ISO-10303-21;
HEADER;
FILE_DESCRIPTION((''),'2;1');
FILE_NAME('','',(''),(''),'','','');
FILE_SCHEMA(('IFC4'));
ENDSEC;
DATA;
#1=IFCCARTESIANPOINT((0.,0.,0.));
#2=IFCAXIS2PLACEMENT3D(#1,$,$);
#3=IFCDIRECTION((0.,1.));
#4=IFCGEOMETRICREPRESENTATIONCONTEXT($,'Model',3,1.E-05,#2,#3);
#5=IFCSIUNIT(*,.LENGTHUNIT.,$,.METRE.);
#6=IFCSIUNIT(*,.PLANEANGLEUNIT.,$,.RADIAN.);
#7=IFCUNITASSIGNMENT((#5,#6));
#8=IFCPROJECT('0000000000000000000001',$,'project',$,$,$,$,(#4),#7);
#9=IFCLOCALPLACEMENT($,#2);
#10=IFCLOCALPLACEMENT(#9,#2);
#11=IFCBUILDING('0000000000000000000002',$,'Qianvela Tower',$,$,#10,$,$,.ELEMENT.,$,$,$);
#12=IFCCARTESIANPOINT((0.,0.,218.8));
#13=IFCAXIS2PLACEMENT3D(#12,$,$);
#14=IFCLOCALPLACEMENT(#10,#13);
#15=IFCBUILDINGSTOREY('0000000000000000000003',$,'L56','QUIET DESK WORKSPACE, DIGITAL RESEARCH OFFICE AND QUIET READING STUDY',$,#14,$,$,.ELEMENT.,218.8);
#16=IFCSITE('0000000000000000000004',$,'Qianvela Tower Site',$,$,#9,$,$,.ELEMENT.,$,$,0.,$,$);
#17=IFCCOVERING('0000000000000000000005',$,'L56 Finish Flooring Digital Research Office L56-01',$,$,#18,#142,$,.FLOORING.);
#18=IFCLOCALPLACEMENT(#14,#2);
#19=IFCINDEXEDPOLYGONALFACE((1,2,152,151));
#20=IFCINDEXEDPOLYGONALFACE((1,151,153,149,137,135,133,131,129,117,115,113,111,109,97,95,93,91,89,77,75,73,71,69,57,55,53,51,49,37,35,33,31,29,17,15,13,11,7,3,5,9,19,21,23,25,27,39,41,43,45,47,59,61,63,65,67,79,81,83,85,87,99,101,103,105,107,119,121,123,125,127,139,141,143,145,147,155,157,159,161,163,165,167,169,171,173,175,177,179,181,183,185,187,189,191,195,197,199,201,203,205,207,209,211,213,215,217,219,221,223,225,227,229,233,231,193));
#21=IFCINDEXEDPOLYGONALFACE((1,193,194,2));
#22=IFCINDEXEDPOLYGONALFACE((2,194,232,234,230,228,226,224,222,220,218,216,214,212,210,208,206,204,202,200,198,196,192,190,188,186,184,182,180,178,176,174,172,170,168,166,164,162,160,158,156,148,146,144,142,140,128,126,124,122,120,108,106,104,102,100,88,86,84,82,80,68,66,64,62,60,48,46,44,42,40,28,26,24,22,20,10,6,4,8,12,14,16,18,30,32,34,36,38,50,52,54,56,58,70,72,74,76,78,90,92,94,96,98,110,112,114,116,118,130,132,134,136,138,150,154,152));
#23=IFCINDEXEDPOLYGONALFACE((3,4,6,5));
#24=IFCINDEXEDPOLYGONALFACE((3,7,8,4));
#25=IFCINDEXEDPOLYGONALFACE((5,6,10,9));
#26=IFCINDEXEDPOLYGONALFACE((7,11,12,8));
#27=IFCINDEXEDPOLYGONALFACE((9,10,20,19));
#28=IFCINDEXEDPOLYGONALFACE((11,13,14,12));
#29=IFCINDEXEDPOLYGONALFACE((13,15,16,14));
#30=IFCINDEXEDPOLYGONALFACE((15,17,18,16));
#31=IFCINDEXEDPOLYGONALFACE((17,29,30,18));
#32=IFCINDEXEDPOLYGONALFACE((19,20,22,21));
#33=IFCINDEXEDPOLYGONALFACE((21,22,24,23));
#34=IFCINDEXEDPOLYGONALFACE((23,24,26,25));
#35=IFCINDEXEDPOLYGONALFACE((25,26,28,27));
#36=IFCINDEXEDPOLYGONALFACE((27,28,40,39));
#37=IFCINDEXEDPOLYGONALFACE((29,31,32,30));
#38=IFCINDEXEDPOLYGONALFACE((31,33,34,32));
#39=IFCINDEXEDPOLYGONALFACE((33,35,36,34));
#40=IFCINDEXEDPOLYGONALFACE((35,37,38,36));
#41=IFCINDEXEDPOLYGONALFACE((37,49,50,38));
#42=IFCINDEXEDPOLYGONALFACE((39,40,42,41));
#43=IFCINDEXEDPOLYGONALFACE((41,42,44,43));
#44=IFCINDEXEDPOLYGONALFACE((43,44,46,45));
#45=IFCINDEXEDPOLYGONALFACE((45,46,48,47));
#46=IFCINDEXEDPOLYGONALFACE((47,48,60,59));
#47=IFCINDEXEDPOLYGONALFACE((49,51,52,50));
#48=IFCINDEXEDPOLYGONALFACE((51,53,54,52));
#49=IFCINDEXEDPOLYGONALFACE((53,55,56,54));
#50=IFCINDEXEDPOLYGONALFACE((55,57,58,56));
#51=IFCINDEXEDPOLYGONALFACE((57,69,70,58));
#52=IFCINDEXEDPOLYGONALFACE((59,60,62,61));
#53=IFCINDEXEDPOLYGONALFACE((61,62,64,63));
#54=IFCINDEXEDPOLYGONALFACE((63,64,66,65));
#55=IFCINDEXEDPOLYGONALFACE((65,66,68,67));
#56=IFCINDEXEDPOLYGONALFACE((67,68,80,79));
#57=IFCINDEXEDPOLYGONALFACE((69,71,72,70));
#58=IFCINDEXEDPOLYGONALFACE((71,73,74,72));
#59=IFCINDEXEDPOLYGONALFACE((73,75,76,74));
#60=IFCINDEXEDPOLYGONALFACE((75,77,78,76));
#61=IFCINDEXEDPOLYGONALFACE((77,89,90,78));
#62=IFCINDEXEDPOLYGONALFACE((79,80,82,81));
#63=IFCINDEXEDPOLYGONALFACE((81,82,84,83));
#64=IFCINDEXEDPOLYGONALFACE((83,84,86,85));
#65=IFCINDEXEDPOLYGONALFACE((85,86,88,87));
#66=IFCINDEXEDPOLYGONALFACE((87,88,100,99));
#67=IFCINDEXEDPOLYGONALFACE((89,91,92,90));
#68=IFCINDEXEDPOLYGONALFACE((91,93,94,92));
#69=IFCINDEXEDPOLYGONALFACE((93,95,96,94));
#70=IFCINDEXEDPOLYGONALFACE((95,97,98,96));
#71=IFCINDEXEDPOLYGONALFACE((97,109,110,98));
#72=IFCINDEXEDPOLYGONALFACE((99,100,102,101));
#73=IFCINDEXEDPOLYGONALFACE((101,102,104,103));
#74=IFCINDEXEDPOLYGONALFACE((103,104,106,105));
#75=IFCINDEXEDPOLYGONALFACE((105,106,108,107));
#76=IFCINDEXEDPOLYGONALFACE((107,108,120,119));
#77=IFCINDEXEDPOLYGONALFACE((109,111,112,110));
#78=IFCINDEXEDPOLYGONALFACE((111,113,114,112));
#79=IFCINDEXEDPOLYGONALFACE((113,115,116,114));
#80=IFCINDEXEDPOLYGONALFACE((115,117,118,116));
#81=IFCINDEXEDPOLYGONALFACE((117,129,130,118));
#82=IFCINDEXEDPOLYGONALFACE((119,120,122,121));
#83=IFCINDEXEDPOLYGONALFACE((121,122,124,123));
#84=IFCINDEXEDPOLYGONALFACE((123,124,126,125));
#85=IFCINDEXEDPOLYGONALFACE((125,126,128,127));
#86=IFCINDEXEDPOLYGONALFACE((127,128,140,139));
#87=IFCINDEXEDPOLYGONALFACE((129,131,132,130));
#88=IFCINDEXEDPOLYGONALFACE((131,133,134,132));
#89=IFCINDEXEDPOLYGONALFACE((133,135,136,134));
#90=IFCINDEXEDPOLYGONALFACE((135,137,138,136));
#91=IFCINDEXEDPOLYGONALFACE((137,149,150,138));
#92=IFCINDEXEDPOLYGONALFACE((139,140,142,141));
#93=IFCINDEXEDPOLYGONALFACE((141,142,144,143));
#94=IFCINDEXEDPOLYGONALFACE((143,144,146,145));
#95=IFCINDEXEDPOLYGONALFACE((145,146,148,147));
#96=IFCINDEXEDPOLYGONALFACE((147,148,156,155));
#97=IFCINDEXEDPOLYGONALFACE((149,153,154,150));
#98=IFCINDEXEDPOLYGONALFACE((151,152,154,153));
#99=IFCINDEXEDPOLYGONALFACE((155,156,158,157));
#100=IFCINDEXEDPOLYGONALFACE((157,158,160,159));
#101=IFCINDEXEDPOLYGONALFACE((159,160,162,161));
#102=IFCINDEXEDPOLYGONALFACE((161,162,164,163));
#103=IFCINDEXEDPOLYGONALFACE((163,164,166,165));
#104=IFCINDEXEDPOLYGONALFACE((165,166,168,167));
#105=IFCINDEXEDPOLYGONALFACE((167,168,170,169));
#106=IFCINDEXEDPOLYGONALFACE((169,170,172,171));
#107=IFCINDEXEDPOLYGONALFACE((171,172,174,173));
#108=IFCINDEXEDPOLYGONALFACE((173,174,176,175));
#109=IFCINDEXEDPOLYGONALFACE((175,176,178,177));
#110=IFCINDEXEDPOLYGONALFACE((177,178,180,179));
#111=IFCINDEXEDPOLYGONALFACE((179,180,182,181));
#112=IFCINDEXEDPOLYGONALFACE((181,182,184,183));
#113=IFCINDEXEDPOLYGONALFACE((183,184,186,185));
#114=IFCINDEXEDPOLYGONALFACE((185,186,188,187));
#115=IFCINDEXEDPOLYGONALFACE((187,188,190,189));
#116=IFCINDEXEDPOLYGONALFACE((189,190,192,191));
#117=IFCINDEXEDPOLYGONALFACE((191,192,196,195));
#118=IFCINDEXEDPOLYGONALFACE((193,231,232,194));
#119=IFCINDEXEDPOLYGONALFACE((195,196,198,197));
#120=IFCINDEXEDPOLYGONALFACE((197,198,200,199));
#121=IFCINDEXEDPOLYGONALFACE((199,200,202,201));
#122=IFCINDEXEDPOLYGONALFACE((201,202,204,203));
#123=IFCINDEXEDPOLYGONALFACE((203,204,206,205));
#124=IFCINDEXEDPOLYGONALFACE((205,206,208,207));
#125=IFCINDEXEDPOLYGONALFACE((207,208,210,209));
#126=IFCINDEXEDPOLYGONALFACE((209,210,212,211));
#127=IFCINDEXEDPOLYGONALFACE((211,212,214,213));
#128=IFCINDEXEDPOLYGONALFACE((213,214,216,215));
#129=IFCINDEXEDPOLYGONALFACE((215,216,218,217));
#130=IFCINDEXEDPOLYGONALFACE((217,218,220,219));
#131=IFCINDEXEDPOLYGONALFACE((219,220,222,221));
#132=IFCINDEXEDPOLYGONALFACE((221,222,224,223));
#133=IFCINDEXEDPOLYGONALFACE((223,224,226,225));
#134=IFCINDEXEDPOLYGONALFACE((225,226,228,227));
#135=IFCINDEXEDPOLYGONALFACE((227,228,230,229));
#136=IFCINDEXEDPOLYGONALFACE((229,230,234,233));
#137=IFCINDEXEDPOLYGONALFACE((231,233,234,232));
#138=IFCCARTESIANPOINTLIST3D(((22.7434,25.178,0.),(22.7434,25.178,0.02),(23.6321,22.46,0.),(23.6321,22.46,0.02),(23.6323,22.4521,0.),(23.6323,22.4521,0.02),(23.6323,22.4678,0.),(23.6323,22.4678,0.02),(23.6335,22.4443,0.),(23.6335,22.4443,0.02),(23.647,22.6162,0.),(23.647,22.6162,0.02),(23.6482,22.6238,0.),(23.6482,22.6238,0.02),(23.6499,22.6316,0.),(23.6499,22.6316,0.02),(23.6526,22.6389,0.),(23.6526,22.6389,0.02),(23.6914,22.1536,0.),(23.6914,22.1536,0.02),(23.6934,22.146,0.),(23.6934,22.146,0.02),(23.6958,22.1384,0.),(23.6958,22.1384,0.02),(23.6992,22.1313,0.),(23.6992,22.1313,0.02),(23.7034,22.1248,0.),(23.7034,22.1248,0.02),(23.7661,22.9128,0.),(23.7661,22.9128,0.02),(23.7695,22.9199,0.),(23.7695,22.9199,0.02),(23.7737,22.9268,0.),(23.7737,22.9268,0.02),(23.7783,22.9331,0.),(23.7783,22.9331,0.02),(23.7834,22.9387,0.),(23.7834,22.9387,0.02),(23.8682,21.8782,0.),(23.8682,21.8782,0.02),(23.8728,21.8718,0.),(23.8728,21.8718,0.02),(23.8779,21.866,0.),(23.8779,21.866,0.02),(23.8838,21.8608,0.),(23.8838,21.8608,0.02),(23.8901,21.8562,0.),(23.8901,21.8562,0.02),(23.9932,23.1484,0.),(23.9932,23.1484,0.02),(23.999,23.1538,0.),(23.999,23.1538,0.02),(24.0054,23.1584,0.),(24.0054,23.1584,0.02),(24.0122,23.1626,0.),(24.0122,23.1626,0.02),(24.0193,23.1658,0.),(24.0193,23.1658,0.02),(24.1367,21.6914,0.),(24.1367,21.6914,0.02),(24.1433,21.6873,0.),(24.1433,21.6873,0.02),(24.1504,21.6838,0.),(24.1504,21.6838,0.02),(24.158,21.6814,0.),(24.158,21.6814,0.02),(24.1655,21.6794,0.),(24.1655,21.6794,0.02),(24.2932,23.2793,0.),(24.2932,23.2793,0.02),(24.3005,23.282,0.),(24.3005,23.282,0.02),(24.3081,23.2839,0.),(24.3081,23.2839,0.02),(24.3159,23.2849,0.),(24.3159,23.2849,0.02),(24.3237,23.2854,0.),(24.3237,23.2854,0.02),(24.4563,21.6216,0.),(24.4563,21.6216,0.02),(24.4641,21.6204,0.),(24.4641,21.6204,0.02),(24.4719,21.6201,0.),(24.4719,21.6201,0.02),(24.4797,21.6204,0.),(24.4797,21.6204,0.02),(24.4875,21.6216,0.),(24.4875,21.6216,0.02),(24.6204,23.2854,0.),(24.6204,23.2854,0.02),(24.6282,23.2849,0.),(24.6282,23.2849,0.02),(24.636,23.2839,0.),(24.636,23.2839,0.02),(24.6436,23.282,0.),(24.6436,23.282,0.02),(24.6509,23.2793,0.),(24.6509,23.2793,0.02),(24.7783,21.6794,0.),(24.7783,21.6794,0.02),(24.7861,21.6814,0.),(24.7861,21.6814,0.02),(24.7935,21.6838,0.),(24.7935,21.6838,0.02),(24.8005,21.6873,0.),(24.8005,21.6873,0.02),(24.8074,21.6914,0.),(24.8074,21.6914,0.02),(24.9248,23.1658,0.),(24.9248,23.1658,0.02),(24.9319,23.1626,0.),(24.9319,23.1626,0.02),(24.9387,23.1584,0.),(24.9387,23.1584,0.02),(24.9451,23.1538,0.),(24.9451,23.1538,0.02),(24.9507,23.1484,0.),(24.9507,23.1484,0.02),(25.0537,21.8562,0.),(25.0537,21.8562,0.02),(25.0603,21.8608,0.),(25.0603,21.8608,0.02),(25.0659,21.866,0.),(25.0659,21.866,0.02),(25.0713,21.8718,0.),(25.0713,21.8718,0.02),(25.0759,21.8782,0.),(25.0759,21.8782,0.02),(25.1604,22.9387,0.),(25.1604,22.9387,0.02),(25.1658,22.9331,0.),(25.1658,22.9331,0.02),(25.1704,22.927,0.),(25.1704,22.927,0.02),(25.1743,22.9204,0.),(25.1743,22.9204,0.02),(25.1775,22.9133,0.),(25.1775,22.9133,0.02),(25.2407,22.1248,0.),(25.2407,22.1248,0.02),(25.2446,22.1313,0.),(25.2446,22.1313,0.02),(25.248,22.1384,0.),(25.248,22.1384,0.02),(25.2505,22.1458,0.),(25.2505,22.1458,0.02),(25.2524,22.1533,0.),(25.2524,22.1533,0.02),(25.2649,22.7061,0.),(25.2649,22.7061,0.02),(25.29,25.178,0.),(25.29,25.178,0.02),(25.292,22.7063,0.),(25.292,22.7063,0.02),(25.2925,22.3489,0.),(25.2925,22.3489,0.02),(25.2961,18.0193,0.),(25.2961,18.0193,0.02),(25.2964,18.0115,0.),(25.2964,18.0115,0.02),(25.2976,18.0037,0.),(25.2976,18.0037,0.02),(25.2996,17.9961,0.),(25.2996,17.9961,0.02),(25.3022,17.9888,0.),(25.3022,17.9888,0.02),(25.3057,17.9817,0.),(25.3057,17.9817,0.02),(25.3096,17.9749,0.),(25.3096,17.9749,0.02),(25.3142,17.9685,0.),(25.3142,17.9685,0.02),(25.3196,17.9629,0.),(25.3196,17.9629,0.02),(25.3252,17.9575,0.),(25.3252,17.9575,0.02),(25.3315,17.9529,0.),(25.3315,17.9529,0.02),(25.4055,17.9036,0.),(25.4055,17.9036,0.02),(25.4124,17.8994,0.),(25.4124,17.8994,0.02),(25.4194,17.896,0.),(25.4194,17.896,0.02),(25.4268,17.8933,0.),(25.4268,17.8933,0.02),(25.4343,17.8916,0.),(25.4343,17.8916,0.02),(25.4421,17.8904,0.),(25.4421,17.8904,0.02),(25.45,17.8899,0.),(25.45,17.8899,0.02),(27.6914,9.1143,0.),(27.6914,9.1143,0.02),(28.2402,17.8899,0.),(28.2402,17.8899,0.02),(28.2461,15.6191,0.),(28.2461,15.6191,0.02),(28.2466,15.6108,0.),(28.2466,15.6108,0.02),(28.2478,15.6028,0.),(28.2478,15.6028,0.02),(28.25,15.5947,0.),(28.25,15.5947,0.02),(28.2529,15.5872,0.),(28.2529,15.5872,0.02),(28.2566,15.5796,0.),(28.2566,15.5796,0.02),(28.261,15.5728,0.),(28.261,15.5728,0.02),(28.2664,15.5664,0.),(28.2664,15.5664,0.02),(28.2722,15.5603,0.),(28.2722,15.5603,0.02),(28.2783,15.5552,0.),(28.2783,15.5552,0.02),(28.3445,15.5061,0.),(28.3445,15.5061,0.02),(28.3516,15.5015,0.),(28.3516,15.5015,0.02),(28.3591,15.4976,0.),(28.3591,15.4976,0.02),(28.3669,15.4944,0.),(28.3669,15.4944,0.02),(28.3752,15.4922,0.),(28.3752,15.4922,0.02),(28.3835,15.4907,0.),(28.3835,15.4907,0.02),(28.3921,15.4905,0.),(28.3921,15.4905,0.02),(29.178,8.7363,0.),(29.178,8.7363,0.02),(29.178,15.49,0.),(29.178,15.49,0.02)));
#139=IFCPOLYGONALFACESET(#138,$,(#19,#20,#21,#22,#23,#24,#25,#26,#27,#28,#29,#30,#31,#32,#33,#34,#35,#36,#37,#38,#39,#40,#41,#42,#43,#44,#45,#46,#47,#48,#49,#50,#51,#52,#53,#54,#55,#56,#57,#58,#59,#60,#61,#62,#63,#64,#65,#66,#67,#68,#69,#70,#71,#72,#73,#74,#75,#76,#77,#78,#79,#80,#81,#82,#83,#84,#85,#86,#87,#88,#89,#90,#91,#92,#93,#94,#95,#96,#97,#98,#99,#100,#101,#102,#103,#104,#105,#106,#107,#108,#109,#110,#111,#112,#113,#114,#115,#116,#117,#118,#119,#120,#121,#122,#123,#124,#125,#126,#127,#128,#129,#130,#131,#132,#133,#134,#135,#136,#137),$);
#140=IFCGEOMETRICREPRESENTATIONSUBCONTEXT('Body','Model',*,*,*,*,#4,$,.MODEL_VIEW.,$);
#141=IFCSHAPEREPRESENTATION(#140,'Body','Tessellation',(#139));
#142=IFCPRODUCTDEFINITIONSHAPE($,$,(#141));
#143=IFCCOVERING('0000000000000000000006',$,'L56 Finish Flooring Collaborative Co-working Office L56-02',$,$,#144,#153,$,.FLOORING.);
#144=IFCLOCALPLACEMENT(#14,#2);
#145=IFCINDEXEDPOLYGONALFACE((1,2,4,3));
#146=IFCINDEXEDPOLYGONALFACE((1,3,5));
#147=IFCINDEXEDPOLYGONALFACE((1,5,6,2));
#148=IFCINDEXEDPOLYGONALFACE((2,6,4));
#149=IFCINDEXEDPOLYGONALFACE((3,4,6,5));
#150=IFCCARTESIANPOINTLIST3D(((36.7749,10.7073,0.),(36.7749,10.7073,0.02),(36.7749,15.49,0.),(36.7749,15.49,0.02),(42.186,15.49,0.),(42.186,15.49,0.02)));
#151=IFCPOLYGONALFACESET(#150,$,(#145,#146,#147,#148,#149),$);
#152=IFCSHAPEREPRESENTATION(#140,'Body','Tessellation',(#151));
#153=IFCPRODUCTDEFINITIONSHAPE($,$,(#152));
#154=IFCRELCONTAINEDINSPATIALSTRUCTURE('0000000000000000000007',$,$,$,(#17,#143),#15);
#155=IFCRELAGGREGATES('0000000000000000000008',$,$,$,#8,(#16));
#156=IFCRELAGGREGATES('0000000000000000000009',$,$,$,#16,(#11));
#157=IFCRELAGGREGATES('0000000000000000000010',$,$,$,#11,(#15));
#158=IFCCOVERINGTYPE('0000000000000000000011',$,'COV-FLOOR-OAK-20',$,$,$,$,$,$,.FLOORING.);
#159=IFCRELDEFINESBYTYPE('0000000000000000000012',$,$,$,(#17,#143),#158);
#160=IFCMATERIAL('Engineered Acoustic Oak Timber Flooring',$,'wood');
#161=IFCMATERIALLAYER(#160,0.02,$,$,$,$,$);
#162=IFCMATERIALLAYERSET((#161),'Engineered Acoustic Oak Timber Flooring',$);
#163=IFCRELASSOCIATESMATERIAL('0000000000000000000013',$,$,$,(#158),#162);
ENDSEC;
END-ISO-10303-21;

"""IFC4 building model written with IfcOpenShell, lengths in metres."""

from ifc_helpers import new_model, si_unit, direction, frame, origin, place, context, subcontext, project, spatial, polyline, outline, extrude, material, layer, layer_set, type_object, element, save


model = new_model("IFC4")

# Units and contexts
model_context = context("Model", 3, precision=1e-05, world=origin(), true_north=direction((0.0, 1.0)))
body_context = subcontext(model_context, "Body", "Model", "MODEL_VIEW")
ifc_project = project(units=[si_unit("LENGTHUNIT", "METRE"), si_unit("PLANEANGLEUNIT", "RADIAN")], contexts=[model_context])

# Site, building, storey
site_placement = place(None, origin())
site = spatial("IfcSite", under=ifc_project, at=site_placement, Name="Qianvela Tower Site", CompositionType="ELEMENT", RefElevation=0.0)
building_placement = place(site_placement, origin())
building = spatial("IfcBuilding", under=site, at=building_placement, Name="Qianvela Tower", CompositionType="ELEMENT")
storey_placement = place(building_placement, frame((0.0, 0.0, 218.8)))
storey = spatial("IfcBuildingStorey", under=building, at=storey_placement, Name="L56", Description="QUIET DESK WORKSPACE, DIGITAL RESEARCH OFFICE AND QUIET READING STUDY", CompositionType="ELEMENT", Elevation=218.8)

# Coverings
ifc_material_1 = material(Name="Engineered Acoustic Oak Timber Flooring", Category="wood")
ifc_layer_1 = layer(ifc_material_1, 0.02)
ifc_layer_set_1 = layer_set([ifc_layer_1], Name="Engineered Acoustic Oak Timber Flooring")
covering_type_1 = type_object("IfcCoveringType", Name="COV-FLOOR-OAK-20", PredefinedType="FLOORING", material=ifc_layer_set_1)
covering_1_placement = place(storey_placement, origin())
element("IfcCovering", 1, at=covering_1_placement, inside=storey, type_object=covering_type_1, Name="L56 Finish Flooring Digital Research Office L56-01", PredefinedType="FLOORING", context=body_context, shape_type="SweptSolid", body=[
    extrude(outline(polyline([(25.292, 22.7063), (25.2649, 22.7061), (25.1775, 22.9133), (25.1743, 22.9204), (25.1704, 22.927), (25.1658, 22.9331), (25.1604, 22.9387), (24.9507, 23.1484), (24.9451, 23.1538), (24.9387, 23.1584), (24.9319, 23.1626), (24.9248, 23.1658), (24.6509, 23.2793), (24.6436, 23.282), (24.636, 23.2839), (24.6282, 23.2849), (24.6204, 23.2854), (24.3237, 23.2854), (24.3159, 23.2849), (24.3081, 23.2839), (24.3005, 23.282), (24.2932, 23.2793), (24.0193, 23.1658), (24.0122, 23.1626), (24.0054, 23.1584), (23.999, 23.1538), (23.9932, 23.1484), (23.7834, 22.9387), (23.7783, 22.9331), (23.7737, 22.9268), (23.7695, 22.9199), (23.7661, 22.9128), (23.6526, 22.6389), (23.6499, 22.6316), (23.6482, 22.6238), (23.647, 22.6162), (23.6323, 22.4678), (23.6321, 22.46), (23.6323, 22.4521), (23.6335, 22.4443), (23.6914, 22.1536), (23.6934, 22.146), (23.6958, 22.1384), (23.6992, 22.1313), (23.7034, 22.1248), (23.8682, 21.8782), (23.8728, 21.8718), (23.8779, 21.866), (23.8838, 21.8608), (23.8901, 21.8562), (24.1367, 21.6914), (24.1433, 21.6873), (24.1504, 21.6838), (24.158, 21.6814), (24.1655, 21.6794), (24.4563, 21.6216), (24.4641, 21.6204), (24.4719, 21.6201), (24.4797, 21.6204), (24.4875, 21.6216), (24.7783, 21.6794), (24.7861, 21.6814), (24.7935, 21.6838), (24.8005, 21.6873), (24.8074, 21.6914), (25.0537, 21.8562), (25.0603, 21.8608), (25.0659, 21.866), (25.0713, 21.8718), (25.0759, 21.8782), (25.2407, 22.1248), (25.2446, 22.1313), (25.248, 22.1384), (25.2505, 22.1458), (25.2524, 22.1533), (25.2925, 22.3489), (25.2961, 18.0193), (25.2964, 18.0115), (25.2976, 18.0037), (25.2996, 17.9961), (25.3022, 17.9888), (25.3057, 17.9817), (25.3096, 17.9749), (25.3142, 17.9685), (25.3196, 17.9629), (25.3252, 17.9575), (25.3315, 17.9529), (25.4055, 17.9036), (25.4124, 17.8994), (25.4194, 17.896), (25.4268, 17.8933), (25.4343, 17.8916), (25.4421, 17.8904), (25.45, 17.8899), (28.2402, 17.8899), (28.2461, 15.6191), (28.2466, 15.6108), (28.2478, 15.6028), (28.25, 15.5947), (28.2529, 15.5872), (28.2566, 15.5796), (28.261, 15.5728), (28.2664, 15.5664), (28.2722, 15.5603), (28.2783, 15.5552), (28.3445, 15.5061), (28.3516, 15.5015), (28.3591, 15.4976), (28.3669, 15.4944), (28.3752, 15.4922), (28.3835, 15.4907), (28.3921, 15.4905), (29.178, 15.49), (29.178, 8.7363), (27.6914, 9.1143), (22.7434, 25.178), (25.29, 25.178), (25.292, 22.7063)])), origin(), (0.0, 0.0, 1.0), 0.02),
])
covering_2_placement = place(storey_placement, origin())
element("IfcCovering", 2, at=covering_2_placement, inside=storey, type_object=covering_type_1, Name="L56 Finish Flooring Collaborative Co-working Office L56-02", PredefinedType="FLOORING", context=body_context, shape_type="SweptSolid", body=[
    extrude(outline(polyline([(36.7749, 10.7073), (36.7749, 15.49), (42.186, 15.49), (36.7749, 10.7073)])), origin(), (0.0, 0.0, 1.0), 0.02),
])

save(model, "model.ifc")
